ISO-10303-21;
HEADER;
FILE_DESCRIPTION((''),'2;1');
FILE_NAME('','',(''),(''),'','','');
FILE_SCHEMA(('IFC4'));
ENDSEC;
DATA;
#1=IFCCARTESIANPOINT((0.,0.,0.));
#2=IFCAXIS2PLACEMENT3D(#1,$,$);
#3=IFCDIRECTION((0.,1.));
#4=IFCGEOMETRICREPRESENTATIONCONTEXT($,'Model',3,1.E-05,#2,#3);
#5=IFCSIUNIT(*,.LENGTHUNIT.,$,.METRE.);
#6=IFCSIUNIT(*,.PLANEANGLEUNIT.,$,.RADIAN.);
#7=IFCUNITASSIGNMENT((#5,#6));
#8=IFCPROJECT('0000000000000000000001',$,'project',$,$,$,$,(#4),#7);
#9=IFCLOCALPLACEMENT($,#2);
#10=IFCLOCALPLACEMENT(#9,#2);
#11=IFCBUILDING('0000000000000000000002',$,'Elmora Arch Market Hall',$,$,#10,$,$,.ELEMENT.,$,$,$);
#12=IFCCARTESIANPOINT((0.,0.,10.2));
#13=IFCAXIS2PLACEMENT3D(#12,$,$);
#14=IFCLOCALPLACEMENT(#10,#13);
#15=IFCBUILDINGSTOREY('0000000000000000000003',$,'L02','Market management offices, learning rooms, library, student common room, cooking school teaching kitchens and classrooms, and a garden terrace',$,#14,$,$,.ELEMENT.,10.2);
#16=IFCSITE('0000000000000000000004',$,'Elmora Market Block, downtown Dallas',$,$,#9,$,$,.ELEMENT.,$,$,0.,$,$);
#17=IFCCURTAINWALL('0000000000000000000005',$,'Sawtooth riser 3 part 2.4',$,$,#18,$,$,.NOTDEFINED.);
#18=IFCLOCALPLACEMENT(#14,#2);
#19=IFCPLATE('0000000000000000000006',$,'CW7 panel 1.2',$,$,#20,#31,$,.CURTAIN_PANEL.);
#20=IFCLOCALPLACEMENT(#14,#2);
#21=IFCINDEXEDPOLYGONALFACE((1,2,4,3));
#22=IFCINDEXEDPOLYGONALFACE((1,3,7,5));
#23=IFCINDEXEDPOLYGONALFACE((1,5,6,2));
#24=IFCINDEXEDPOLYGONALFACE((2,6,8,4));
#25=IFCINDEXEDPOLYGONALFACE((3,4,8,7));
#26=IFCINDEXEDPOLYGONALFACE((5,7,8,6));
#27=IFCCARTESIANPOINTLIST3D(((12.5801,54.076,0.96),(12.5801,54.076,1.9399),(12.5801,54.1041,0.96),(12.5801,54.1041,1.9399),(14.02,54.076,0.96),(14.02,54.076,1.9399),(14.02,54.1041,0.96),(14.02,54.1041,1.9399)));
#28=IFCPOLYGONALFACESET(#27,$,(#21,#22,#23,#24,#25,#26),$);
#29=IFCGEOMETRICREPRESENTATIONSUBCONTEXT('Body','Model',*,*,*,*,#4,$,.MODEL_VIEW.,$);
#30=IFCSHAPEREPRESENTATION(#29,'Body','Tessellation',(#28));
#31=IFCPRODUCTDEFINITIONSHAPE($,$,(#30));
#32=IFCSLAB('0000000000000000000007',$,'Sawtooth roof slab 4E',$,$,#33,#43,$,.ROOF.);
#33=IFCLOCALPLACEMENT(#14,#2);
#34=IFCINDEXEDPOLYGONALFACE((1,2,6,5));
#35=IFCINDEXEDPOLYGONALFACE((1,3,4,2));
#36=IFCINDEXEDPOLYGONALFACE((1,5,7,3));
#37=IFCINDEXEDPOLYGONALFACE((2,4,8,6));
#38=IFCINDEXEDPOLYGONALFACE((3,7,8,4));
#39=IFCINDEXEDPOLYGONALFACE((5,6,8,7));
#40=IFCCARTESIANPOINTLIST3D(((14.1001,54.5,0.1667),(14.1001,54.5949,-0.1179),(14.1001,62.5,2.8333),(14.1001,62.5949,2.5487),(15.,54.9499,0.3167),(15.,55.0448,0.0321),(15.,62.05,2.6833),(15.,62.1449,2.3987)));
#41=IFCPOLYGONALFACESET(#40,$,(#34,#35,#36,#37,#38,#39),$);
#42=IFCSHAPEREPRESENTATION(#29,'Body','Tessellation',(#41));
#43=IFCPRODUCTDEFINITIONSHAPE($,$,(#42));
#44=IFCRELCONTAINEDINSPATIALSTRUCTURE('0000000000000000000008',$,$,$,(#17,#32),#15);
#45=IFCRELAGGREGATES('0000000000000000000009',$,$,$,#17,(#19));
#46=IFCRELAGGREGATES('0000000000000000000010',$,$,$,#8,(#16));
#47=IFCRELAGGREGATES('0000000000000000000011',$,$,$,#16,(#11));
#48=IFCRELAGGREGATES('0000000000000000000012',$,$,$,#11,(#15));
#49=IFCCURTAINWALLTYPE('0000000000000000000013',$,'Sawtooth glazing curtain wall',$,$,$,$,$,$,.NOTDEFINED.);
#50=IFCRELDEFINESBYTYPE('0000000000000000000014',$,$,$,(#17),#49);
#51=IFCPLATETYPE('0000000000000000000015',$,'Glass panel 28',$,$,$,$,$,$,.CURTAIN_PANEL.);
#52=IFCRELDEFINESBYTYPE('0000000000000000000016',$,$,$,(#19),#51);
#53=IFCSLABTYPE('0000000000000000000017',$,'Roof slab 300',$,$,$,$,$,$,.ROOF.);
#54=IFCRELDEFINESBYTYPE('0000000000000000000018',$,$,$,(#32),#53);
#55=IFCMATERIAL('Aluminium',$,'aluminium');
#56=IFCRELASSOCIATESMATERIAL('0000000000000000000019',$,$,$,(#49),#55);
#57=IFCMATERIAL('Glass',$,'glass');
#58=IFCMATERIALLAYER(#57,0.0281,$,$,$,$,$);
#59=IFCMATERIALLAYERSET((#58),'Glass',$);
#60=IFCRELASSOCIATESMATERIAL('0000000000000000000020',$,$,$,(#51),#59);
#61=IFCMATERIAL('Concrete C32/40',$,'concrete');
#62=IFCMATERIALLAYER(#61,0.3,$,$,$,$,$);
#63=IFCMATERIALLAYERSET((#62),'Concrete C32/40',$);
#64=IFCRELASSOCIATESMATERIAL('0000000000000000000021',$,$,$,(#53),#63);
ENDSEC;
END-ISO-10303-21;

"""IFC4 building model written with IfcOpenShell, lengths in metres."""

from ifc_helpers import new_model, si_unit, direction, frame, origin, origin_2d, place, context, subcontext, project, spatial, polyline, rectangle, outline, extrude, material, layer, layer_set, type_object, element, aggregate, save


model = new_model("IFC4")

# Units and contexts
model_context = context("Model", 3, precision=1e-05, world=origin(), true_north=direction((0.0, 1.0)))
body_context = subcontext(model_context, "Body", "Model", "MODEL_VIEW")
ifc_project = project(units=[si_unit("LENGTHUNIT", "METRE"), si_unit("PLANEANGLEUNIT", "RADIAN")], contexts=[model_context])

# Site, building, storey
site_placement = place(None, origin())
site = spatial("IfcSite", under=ifc_project, at=site_placement, Name="Elmora Market Block, downtown Dallas", CompositionType="ELEMENT", RefElevation=0.0)
building_placement = place(site_placement, origin())
building = spatial("IfcBuilding", under=site, at=building_placement, Name="Elmora Arch Market Hall", CompositionType="ELEMENT")
storey_placement = place(building_placement, frame((0.0, 0.0, 10.2)))
storey = spatial("IfcBuildingStorey", under=building, at=storey_placement, Name="L02", Description="Market management offices, learning rooms, library, student common room, cooking school teaching kitchens and classrooms, and a garden terrace", CompositionType="ELEMENT", Elevation=10.2)

# Shared definitions
ifc_material_1 = material(Name="Aluminium", Category="aluminium")
curtain_wall_type_1 = type_object("IfcCurtainWallType", Name="Sawtooth glazing curtain wall", PredefinedType="NOTDEFINED", material=ifc_material_1)

# Curtain wall
curtain_wall_1_placement = place(storey_placement, origin())
curtain_wall_1 = element("IfcCurtainWall", 1, at=curtain_wall_1_placement, inside=storey, type_object=curtain_wall_type_1, Name="Sawtooth riser 3 part 2.4", PredefinedType="NOTDEFINED")

# Plate
ifc_material_2 = material(Name="Glass", Category="glass")
ifc_layer_1 = layer(ifc_material_2, 0.0281)
ifc_layer_set_1 = layer_set([ifc_layer_1], Name="Glass")
plate_type = type_object("IfcPlateType", Name="Glass panel 28", PredefinedType="CURTAIN_PANEL", material=ifc_layer_set_1)
plate_1_placement = place(storey_placement, frame((13.3, 54.0901, 0.96), z_axis=(0.0, 0.0, 1.0), x_axis=(1.0, 0.0, 0.0)))
plate_1 = element("IfcPlate", 2, at=plate_1_placement, type_object=plate_type, Name="CW7 panel 1.2", PredefinedType="CURTAIN_PANEL", context=body_context, shape_type="SweptSolid", body=[
    extrude(rectangle(XDim=1.4399, YDim=0.0281, at=origin_2d()), origin(), (0.0, 0.0, 1.0), 0.98),
])
aggregate(curtain_wall_1, [plate_1])

# Slab
ifc_material_3 = material(Name="Concrete C32/40", Category="concrete")
ifc_layer_2 = layer(ifc_material_3, 0.3)
ifc_layer_set_2 = layer_set([ifc_layer_2], Name="Concrete C32/40")
slab_type = type_object("IfcSlabType", Name="Roof slab 300", PredefinedType="ROOF", material=ifc_layer_set_2)
slab_placement = place(storey_placement, frame((14.1001, 54.5, 0.1667), z_axis=(0.0, -0.316219, 0.948686), x_axis=(0.884662, 0.442309, 0.147431)))
element("IfcSlab", 3, at=slab_placement, inside=storey, type_object=slab_type, Name="Sawtooth roof slab 4E", PredefinedType="ROOF", context=body_context, shape_type="SweptSolid", body=[
    extrude(outline(polyline([(0.0, 0.0), (1.0172, 0.0), (4.5066, 6.621), (3.9316, 7.4601), (0.0, 0.0)])), origin(), (0.0, 0.0, -1.0), 0.3),
])

save(model, "model.ifc")
